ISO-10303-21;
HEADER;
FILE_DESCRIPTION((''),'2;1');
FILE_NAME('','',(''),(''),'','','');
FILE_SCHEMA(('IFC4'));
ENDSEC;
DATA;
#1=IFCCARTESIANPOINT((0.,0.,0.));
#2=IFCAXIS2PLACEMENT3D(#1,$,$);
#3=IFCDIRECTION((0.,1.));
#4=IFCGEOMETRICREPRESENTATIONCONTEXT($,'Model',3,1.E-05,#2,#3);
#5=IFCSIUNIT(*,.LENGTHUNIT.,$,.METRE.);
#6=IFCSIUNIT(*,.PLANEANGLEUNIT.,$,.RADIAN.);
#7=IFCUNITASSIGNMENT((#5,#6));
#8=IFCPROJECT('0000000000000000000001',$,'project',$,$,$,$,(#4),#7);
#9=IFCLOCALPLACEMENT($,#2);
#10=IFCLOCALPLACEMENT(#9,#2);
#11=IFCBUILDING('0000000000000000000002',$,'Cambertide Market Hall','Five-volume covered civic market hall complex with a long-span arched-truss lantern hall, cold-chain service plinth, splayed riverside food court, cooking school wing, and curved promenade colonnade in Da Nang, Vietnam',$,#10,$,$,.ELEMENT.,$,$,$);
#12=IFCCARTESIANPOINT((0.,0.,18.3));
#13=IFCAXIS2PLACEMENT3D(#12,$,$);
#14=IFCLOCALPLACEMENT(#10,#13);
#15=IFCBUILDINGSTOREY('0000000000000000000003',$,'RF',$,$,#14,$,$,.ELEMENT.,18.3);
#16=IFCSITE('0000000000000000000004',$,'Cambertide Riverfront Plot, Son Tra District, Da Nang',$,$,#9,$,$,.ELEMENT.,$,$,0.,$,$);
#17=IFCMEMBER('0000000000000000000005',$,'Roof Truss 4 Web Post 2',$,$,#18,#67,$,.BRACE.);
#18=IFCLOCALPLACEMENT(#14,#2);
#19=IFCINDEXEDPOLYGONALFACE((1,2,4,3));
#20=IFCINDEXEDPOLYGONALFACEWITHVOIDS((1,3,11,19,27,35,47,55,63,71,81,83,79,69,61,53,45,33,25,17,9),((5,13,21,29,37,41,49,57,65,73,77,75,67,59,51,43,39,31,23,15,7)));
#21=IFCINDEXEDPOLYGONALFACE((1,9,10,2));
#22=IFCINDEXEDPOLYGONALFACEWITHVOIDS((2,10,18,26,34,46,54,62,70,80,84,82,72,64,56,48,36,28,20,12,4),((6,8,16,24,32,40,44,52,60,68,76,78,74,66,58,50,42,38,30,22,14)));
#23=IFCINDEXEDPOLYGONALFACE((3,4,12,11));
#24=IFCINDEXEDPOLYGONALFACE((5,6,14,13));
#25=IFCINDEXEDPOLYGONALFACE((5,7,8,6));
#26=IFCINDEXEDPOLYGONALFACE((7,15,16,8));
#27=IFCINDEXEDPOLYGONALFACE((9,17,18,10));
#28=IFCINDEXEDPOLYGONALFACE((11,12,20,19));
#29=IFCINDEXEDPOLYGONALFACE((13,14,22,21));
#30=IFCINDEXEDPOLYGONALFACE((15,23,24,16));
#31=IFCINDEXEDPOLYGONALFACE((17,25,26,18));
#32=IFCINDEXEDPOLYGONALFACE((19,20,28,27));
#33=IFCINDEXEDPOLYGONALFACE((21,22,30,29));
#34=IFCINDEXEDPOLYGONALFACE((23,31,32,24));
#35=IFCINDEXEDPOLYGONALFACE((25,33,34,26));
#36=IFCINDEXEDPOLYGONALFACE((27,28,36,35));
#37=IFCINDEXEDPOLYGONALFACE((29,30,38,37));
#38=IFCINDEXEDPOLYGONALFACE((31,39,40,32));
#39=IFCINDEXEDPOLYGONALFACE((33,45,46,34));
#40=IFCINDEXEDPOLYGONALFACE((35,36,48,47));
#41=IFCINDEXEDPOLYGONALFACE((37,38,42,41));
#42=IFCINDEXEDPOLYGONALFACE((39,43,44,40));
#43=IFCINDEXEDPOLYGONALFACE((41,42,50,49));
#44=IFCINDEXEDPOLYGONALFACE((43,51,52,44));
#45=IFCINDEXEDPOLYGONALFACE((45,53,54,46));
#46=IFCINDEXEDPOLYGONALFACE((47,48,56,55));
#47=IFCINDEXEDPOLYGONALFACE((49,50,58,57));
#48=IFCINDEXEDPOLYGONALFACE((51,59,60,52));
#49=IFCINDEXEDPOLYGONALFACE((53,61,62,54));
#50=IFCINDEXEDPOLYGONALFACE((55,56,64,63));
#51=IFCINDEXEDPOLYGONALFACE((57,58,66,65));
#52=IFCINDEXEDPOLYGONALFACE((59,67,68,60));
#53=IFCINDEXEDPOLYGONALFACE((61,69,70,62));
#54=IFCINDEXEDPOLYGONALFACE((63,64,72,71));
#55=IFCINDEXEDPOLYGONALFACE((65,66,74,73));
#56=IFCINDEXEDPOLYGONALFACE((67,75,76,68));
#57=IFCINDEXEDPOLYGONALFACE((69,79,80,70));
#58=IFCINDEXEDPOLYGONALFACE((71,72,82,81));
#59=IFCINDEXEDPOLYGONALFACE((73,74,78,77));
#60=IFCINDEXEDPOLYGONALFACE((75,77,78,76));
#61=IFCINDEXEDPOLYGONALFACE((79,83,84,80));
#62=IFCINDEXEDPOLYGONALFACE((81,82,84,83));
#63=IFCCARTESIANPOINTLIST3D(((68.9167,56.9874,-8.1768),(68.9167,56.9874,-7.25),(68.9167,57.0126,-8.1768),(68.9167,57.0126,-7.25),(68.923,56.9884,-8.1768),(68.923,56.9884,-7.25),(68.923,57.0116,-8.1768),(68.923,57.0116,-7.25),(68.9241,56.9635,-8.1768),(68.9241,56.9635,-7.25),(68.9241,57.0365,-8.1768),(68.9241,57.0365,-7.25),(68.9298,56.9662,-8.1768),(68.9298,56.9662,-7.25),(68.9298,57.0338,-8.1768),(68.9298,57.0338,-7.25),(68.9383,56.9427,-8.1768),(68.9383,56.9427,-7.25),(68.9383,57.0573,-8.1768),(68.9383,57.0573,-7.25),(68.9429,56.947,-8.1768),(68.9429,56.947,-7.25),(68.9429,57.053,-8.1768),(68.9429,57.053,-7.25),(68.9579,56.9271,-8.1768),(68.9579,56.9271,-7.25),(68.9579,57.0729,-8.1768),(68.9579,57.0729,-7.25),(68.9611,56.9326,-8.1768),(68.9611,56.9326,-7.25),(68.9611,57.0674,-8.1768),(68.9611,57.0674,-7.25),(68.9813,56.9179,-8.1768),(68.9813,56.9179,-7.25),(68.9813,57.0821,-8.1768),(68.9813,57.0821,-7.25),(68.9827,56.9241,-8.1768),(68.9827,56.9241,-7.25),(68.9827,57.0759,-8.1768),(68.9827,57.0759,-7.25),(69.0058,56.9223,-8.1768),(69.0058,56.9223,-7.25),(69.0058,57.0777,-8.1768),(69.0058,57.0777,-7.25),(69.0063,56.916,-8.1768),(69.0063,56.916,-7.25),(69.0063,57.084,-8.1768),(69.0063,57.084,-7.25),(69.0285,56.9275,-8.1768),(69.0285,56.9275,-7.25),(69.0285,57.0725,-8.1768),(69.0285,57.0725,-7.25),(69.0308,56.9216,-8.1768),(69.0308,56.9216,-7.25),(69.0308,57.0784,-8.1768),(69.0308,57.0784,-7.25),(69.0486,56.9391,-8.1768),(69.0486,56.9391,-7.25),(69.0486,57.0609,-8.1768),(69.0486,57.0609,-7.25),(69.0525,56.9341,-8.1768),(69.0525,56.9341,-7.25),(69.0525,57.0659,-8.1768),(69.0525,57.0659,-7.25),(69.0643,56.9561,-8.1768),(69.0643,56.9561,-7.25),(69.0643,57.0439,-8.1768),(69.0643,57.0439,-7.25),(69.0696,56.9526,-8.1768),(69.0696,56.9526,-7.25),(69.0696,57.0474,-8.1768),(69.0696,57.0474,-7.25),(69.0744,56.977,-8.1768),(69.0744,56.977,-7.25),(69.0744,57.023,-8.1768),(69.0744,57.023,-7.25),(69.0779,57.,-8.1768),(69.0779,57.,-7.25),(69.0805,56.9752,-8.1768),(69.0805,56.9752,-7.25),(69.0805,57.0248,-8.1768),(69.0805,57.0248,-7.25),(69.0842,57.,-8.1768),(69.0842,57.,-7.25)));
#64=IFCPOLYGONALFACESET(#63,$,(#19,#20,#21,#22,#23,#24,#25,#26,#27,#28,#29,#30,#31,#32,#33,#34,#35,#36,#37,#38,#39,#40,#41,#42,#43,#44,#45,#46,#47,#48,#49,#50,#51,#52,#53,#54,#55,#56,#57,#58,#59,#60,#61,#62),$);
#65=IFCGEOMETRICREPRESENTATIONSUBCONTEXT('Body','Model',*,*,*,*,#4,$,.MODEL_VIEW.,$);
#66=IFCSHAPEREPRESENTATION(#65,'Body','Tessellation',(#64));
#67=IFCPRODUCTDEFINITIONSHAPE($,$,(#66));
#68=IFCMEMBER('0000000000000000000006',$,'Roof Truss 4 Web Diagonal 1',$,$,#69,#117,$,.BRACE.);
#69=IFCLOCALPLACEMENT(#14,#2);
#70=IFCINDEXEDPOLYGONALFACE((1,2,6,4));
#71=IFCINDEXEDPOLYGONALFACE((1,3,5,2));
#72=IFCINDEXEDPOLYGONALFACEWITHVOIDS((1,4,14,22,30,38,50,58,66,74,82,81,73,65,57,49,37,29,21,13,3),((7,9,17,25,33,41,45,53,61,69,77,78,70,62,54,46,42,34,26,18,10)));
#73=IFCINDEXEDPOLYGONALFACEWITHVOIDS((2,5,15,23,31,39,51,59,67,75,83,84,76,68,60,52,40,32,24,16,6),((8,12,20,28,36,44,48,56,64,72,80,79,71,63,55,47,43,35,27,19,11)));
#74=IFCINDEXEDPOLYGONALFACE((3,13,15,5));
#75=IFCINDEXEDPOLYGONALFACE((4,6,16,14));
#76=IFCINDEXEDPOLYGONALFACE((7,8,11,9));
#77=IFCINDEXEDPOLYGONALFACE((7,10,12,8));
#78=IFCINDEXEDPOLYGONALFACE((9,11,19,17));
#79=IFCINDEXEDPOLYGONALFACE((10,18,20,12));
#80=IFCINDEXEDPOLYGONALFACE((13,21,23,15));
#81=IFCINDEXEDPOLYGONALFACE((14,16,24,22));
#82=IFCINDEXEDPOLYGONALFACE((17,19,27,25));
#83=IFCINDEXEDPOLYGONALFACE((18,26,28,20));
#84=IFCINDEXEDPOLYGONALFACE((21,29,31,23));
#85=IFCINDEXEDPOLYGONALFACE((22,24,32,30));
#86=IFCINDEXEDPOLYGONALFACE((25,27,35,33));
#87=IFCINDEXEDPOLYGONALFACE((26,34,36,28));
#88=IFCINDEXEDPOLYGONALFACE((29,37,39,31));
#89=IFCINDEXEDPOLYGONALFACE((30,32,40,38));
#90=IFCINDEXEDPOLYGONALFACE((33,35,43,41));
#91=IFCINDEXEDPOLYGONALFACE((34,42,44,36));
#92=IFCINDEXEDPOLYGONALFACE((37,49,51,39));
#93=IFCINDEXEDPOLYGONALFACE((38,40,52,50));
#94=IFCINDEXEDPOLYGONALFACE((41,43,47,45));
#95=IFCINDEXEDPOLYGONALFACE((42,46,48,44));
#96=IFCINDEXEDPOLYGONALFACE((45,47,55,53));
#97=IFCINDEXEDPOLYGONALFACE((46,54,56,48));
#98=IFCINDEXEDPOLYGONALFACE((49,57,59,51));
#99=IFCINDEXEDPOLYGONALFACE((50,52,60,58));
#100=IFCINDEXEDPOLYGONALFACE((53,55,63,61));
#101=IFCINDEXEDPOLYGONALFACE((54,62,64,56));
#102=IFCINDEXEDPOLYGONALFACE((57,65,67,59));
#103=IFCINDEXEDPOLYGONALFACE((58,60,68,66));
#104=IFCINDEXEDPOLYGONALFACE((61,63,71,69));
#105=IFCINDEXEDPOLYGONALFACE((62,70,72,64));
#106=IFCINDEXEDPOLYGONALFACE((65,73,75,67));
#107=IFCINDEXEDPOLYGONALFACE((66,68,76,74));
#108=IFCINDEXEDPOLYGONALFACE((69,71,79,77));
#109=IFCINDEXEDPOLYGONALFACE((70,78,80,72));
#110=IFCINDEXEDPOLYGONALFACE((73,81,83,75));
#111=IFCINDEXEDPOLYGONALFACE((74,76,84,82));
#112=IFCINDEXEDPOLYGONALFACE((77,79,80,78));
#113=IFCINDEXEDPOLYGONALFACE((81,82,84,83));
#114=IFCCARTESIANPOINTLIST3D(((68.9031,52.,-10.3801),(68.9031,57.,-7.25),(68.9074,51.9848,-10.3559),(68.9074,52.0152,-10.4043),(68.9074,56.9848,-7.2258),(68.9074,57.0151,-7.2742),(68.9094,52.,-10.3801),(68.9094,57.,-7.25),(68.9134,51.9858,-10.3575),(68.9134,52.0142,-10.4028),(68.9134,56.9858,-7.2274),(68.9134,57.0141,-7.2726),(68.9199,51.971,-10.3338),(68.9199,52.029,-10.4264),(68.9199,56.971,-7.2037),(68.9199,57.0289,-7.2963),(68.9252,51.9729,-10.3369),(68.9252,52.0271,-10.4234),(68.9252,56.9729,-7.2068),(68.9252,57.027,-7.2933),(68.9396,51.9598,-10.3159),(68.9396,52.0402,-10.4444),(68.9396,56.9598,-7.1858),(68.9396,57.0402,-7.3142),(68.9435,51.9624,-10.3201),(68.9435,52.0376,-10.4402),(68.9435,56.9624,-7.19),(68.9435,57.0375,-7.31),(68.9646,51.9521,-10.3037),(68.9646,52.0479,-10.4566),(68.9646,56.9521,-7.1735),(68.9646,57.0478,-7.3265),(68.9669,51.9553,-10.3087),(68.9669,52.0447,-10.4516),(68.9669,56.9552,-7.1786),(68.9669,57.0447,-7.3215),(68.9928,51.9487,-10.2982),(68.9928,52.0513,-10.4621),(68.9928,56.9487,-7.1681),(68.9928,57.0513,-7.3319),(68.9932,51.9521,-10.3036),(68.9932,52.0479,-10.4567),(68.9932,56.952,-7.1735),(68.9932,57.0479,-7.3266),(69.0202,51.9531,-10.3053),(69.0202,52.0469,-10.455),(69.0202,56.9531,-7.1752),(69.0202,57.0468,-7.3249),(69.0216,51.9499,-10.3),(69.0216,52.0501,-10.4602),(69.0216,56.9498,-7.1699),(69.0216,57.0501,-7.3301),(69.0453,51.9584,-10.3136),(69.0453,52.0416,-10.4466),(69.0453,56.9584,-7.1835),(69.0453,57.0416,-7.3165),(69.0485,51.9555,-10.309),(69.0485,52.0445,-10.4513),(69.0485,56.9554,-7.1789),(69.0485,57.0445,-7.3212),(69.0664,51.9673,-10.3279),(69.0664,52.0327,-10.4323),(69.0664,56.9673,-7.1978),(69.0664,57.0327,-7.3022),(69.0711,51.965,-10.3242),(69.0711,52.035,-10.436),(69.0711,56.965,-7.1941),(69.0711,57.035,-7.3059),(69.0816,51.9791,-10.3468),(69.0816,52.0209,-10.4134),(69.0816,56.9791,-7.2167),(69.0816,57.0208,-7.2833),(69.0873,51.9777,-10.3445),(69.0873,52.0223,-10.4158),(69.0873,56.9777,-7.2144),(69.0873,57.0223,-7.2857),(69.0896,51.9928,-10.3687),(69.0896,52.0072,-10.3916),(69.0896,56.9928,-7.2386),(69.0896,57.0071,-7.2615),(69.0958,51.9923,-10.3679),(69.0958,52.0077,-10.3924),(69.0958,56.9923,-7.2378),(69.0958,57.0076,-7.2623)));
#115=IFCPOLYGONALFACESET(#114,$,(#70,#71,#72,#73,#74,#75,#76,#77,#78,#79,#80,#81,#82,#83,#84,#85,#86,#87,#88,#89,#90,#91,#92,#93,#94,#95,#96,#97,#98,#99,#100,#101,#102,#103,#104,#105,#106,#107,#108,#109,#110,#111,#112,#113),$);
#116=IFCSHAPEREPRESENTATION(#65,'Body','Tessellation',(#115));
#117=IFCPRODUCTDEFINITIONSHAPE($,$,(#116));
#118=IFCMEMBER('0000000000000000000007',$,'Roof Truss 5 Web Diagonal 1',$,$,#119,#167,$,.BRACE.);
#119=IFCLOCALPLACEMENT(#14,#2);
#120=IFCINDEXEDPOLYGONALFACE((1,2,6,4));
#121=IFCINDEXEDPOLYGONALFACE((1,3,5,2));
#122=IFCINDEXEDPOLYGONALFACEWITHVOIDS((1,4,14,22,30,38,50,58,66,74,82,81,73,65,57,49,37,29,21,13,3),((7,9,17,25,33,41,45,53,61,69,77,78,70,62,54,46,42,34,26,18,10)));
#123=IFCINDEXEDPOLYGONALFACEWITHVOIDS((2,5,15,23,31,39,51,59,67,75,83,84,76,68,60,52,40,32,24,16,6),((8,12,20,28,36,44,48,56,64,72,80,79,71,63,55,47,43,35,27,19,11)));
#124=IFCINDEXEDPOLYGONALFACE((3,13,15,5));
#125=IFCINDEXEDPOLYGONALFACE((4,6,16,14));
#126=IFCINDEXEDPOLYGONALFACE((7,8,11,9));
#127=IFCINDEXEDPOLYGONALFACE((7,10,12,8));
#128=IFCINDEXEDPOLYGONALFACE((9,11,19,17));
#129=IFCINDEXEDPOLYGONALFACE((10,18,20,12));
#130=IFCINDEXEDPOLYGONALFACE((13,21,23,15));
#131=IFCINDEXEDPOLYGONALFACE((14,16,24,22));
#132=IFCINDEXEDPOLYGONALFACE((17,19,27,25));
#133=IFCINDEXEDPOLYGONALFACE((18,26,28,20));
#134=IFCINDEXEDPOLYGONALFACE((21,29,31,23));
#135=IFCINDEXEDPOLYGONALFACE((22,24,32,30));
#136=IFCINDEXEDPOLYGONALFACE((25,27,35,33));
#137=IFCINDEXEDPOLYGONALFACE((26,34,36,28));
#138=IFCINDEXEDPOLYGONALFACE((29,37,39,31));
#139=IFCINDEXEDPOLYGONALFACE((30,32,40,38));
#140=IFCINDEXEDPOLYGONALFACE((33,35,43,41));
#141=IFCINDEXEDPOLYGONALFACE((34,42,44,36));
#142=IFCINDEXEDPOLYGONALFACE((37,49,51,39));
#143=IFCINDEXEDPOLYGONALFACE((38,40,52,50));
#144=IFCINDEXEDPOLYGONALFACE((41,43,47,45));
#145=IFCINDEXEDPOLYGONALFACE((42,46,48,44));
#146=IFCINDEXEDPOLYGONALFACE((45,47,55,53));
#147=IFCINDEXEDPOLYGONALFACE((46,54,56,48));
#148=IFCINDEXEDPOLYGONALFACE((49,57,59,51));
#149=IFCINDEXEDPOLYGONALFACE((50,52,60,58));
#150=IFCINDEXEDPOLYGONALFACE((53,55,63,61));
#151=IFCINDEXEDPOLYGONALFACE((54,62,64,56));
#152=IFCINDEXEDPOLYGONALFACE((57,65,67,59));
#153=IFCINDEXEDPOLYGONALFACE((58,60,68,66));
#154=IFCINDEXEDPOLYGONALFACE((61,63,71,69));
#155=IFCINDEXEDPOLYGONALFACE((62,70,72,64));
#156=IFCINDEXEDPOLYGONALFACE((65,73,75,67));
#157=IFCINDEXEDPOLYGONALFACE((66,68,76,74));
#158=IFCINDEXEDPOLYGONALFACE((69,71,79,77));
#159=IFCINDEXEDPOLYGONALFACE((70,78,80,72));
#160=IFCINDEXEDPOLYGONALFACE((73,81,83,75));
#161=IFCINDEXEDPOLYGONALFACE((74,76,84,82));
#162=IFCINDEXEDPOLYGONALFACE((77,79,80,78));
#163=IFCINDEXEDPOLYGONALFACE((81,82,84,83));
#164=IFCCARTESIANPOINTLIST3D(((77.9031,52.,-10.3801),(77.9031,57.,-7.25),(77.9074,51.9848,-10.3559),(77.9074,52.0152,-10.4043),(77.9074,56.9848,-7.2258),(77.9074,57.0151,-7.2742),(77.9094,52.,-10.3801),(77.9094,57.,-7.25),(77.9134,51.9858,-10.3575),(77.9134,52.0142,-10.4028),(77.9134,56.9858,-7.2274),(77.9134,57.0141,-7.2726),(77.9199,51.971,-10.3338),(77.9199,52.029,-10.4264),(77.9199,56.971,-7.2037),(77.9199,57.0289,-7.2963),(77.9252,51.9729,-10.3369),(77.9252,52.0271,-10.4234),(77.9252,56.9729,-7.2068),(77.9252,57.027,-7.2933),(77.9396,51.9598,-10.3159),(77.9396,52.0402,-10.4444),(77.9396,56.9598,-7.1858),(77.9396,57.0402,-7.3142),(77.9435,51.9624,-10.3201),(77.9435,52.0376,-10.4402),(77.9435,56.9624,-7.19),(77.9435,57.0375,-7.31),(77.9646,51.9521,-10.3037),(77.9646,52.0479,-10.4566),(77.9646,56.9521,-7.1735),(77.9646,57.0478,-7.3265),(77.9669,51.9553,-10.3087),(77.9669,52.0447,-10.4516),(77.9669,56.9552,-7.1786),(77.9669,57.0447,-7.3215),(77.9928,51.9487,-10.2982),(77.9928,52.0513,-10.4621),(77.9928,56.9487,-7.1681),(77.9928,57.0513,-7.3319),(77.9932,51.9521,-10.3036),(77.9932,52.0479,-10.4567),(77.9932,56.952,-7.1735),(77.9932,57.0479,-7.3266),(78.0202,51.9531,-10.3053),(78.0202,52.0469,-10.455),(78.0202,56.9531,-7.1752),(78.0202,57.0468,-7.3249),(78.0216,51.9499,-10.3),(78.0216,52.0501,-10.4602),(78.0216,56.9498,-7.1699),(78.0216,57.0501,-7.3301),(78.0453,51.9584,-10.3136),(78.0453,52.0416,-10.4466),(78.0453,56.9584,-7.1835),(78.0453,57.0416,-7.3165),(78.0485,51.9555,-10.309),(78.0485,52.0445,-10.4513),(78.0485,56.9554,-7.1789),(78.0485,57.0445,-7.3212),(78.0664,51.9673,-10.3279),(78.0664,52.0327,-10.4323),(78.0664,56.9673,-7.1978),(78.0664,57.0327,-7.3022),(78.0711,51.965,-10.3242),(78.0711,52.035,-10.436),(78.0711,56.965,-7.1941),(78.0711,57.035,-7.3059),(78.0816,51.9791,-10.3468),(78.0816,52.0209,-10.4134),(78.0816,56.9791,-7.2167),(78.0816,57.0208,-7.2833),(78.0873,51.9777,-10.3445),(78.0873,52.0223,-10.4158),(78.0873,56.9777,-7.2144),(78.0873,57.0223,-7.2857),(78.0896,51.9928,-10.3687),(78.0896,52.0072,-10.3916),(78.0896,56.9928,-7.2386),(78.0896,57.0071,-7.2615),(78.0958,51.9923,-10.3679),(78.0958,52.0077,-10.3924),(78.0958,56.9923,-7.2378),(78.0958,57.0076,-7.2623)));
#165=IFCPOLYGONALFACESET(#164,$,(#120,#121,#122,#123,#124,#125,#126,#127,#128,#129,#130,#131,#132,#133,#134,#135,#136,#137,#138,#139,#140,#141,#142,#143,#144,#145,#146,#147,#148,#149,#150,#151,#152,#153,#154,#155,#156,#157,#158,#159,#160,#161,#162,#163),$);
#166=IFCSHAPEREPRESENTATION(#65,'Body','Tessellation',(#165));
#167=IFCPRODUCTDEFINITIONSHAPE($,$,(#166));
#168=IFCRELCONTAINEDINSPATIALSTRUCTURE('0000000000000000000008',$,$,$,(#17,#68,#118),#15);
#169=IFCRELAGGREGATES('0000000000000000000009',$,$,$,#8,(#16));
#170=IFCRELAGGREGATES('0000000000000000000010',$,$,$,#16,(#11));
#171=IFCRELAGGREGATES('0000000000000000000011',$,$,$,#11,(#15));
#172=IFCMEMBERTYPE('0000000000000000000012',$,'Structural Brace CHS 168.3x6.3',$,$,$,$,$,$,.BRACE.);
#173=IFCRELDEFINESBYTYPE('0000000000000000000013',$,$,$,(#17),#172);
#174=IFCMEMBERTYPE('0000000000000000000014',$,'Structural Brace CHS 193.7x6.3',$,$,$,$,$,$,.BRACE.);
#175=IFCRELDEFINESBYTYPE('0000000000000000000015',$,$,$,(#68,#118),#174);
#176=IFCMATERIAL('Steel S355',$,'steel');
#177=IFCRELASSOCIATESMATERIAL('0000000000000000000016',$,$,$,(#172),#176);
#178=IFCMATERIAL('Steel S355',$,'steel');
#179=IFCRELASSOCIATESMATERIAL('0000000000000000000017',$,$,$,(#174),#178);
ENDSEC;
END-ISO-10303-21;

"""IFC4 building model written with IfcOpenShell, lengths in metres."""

from ifc_helpers import new_model, si_unit, direction, frame, origin, origin_2d, place, context, subcontext, project, spatial, hollow_circle, extrude, material, material_profile, profile_set, type_object, element, save


model = new_model("IFC4")

# Units and contexts
model_context = context("Model", 3, precision=1e-05, world=origin(), true_north=direction((0.0, 1.0)))
body_context = subcontext(model_context, "Body", "Model", "MODEL_VIEW")
ifc_project = project(units=[si_unit("LENGTHUNIT", "METRE"), si_unit("PLANEANGLEUNIT", "RADIAN")], contexts=[model_context])

# Site, building, storey
site_placement = place(None, origin())
site = spatial("IfcSite", under=ifc_project, at=site_placement, Name="Cambertide Riverfront Plot, Son Tra District, Da Nang", CompositionType="ELEMENT", RefElevation=0.0)
building_placement = place(site_placement, origin())
building = spatial("IfcBuilding", under=site, at=building_placement, Name="Cambertide Market Hall", Description="Five-volume covered civic market hall complex with a long-span arched-truss lantern hall, cold-chain service plinth, splayed riverside food court, cooking school wing, and curved promenade colonnade in Da Nang, Vietnam", CompositionType="ELEMENT")
storey_placement = place(building_placement, frame((0.0, 0.0, 18.3)))
storey = spatial("IfcBuildingStorey", under=building, at=storey_placement, Name="RF", CompositionType="ELEMENT", Elevation=18.3)

# Members
ifc_material_1 = material(Name="Steel S355", Category="steel")
ifc_material_profile_1 = material_profile(ifc_material_1, hollow_circle(Radius=0.0842, WallThickness=0.0063, at=origin_2d()), Name="CHS 168.3x6.3")
ifc_profile_set_1 = profile_set([ifc_material_profile_1], Name="Steel S355")
member_type_1 = type_object("IfcMemberType", Name="Structural Brace CHS 168.3x6.3", PredefinedType="BRACE", material=ifc_profile_set_1)
member_1_placement = place(storey_placement, frame((69.0, 57.0, -8.1768), z_axis=(0.0, 0.0, 1.0), x_axis=(1.0, 0.0, 0.0)))
element("IfcMember", 1, at=member_1_placement, inside=storey, type_object=member_type_1, Name="Roof Truss 4 Web Post 2", PredefinedType="BRACE", context=body_context, shape_type="SweptSolid", body=[
    extrude(hollow_circle(Radius=0.0842, WallThickness=0.0063, at=origin_2d()), origin(), (0.0, 0.0, 1.0), 0.9268),
])
ifc_material_2 = material(Name="Steel S355", Category="steel")
ifc_material_profile_2 = material_profile(ifc_material_2, hollow_circle(Radius=0.0969, WallThickness=0.0063, at=origin_2d()), Name="CHS 193.7x6.3")
ifc_profile_set_2 = profile_set([ifc_material_profile_2], Name="Steel S355")
member_type_2 = type_object("IfcMemberType", Name="Structural Brace CHS 193.7x6.3", PredefinedType="BRACE", material=ifc_profile_set_2)
for number, where, z_axis, x_axis, name in (
    (2, (69.0, 52.0, -10.3801), (0.0, 0.847607, 0.530624), (-1.0, 0.0, 0.0), "Roof Truss 4 Web Diagonal 1"),
    (3, (78.0, 52.0, -10.3801), (0.0, 0.847607, 0.530624), (-1.0, 0.0, 0.0), "Roof Truss 5 Web Diagonal 1"),
):
    element("IfcMember", number, at=place(storey_placement, frame(where, z_axis=z_axis, x_axis=x_axis)), inside=storey, type_object=member_type_2, Name=name, PredefinedType="BRACE", context=body_context, shape_type="SweptSolid", body=[
        extrude(hollow_circle(Radius=0.0969, WallThickness=0.0063, at=origin_2d()), origin(), (0.0, 0.0, 1.0), 5.8989),
    ])

save(model, "model.ifc")
